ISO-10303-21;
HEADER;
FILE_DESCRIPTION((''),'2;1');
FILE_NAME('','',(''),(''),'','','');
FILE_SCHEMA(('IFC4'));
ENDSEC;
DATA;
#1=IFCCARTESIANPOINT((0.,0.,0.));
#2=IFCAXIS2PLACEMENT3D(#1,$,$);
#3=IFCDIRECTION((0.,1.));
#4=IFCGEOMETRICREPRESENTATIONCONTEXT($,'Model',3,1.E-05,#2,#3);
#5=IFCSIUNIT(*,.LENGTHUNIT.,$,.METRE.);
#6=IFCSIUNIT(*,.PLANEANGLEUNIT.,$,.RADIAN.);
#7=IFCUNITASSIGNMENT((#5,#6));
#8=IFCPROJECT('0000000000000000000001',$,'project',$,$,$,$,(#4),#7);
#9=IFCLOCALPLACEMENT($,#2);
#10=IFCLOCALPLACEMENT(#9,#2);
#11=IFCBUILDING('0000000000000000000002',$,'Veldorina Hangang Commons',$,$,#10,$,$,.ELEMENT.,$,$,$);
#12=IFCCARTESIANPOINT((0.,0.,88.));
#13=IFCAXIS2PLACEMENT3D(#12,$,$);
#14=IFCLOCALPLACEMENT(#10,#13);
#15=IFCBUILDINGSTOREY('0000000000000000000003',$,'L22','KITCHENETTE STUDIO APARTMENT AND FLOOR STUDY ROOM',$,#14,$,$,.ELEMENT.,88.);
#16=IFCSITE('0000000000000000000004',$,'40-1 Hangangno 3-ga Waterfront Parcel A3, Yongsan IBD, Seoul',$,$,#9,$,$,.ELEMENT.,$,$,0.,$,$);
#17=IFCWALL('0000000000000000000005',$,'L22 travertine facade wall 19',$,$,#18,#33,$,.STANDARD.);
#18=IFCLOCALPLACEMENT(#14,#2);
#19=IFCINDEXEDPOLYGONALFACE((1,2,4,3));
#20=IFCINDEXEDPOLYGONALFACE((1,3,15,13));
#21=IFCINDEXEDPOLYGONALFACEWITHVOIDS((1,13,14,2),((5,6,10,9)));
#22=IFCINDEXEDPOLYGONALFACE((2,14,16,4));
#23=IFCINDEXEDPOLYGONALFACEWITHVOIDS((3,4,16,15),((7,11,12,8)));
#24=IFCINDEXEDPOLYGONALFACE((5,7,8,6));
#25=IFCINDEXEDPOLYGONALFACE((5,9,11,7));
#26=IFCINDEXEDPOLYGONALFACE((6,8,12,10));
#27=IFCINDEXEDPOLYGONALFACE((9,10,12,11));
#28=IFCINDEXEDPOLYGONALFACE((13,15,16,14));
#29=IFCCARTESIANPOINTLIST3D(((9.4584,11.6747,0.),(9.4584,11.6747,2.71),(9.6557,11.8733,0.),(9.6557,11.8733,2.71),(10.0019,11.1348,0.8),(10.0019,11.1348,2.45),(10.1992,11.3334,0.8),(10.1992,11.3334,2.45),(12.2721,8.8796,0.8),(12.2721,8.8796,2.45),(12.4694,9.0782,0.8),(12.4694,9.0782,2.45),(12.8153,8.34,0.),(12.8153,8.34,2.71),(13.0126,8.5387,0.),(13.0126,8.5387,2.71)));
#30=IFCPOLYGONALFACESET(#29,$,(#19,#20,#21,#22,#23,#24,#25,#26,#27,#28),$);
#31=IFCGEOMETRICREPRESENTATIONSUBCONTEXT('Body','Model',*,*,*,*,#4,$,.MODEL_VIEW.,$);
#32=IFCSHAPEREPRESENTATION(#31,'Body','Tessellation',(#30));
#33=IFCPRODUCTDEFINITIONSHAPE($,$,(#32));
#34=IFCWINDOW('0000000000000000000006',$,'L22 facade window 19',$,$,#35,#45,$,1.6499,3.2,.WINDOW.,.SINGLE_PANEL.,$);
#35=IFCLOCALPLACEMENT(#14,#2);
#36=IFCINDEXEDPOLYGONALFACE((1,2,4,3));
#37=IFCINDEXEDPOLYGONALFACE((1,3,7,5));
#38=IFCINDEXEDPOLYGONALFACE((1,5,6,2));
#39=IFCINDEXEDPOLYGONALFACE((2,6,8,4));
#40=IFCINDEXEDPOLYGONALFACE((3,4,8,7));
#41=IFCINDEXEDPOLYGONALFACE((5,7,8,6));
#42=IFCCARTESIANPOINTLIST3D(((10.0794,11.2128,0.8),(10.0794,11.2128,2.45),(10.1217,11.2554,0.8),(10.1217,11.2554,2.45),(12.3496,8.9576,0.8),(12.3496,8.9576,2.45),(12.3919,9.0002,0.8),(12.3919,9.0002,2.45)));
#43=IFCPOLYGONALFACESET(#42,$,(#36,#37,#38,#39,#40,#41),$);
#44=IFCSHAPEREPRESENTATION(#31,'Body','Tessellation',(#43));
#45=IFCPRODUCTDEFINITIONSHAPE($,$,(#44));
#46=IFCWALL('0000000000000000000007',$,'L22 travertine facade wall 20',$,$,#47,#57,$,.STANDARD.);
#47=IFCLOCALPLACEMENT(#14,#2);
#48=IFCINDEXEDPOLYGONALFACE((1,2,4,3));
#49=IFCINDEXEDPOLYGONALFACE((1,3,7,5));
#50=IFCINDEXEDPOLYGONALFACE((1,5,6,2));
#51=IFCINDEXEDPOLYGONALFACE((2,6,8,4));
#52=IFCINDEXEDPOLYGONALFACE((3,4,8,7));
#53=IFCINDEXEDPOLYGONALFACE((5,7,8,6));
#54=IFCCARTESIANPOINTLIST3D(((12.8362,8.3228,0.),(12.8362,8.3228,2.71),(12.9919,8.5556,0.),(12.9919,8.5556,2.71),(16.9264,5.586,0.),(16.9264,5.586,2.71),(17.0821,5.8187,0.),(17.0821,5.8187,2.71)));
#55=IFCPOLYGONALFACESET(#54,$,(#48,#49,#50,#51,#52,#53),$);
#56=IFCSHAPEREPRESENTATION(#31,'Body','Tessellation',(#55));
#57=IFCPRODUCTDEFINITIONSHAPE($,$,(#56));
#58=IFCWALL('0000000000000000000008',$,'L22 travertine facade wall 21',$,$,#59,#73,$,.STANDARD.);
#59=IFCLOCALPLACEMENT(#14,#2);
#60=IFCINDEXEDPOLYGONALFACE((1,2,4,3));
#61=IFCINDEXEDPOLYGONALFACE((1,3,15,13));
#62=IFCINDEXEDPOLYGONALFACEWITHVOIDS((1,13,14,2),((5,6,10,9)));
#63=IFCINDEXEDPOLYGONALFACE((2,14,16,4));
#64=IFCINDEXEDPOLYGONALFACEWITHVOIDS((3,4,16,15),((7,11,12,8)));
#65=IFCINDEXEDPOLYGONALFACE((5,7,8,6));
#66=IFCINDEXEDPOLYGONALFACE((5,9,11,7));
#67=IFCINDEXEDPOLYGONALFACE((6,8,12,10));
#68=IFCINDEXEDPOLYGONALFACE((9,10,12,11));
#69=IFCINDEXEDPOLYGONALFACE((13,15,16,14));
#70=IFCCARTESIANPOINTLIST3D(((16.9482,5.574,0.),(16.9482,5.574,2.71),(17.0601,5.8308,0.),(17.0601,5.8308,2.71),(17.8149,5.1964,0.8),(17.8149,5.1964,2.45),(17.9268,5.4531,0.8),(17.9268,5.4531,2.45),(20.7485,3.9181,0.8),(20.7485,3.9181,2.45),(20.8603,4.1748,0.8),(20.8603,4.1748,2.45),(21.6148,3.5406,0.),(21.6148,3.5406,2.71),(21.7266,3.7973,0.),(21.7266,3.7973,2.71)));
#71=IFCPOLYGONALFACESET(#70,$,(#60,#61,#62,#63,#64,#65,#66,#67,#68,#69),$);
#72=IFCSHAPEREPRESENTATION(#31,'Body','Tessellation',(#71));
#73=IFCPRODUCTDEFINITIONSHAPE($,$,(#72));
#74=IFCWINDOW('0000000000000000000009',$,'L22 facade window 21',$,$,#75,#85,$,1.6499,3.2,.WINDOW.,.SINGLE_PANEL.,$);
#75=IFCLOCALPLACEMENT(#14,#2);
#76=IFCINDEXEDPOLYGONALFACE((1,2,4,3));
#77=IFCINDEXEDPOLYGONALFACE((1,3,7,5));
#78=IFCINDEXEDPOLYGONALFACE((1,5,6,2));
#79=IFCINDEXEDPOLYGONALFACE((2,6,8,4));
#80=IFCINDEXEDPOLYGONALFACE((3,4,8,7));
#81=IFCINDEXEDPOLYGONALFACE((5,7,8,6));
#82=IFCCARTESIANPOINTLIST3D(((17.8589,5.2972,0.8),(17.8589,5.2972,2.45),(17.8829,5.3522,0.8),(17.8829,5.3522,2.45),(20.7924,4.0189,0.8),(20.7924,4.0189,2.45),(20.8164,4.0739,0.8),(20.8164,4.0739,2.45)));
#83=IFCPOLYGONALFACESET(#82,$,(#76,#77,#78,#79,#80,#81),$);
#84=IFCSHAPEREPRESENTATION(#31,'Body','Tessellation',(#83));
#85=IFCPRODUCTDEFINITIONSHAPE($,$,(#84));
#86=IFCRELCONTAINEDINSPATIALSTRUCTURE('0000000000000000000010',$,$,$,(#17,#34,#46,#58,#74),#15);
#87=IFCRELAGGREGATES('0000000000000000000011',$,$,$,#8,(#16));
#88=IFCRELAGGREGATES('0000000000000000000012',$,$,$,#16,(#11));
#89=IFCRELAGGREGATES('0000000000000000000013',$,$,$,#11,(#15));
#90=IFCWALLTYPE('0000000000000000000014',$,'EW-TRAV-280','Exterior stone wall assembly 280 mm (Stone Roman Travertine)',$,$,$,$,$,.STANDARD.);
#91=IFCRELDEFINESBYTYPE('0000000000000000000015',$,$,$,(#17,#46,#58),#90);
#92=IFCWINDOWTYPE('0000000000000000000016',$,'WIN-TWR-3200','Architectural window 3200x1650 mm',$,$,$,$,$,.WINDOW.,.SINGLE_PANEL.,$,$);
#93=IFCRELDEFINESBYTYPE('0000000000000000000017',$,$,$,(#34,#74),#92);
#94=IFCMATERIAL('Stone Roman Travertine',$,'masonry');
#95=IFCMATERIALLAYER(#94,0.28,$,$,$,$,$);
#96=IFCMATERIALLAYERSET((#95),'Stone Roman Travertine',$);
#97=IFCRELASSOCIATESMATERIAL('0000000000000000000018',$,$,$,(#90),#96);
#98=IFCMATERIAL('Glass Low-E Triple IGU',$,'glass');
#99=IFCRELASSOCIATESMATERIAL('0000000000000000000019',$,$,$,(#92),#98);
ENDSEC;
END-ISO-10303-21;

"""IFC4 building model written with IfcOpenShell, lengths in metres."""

from ifc_helpers import new_model, si_unit, direction, frame, frame_2d, origin, place, context, subcontext, project, spatial, rectangle, extrude, material, layer, layer_set, type_object, element, fill, save


model = new_model("IFC4")

# Units and contexts
model_context = context("Model", 3, precision=1e-05, world=origin(), true_north=direction((0.0, 1.0)))
body_context = subcontext(model_context, "Body", "Model", "MODEL_VIEW")
ifc_project = project(units=[si_unit("LENGTHUNIT", "METRE"), si_unit("PLANEANGLEUNIT", "RADIAN")], contexts=[model_context])

# Site, building, storey
site_placement = place(None, origin())
site = spatial("IfcSite", under=ifc_project, at=site_placement, Name="40-1 Hangangno 3-ga Waterfront Parcel A3, Yongsan IBD, Seoul", CompositionType="ELEMENT", RefElevation=0.0)
building_placement = place(site_placement, origin())
building = spatial("IfcBuilding", under=site, at=building_placement, Name="Veldorina Hangang Commons", CompositionType="ELEMENT")
storey_placement = place(building_placement, frame((0.0, 0.0, 88.0)))
storey = spatial("IfcBuildingStorey", under=building, at=storey_placement, Name="L22", Description="KITCHENETTE STUDIO APARTMENT AND FLOOR STUDY ROOM", CompositionType="ELEMENT", Elevation=88.0)

# Wall, opening, window
ifc_material_1 = material(Name="Stone Roman Travertine", Category="masonry")
ifc_layer_1 = layer(ifc_material_1, 0.28)
ifc_layer_set_1 = layer_set([ifc_layer_1], Name="Stone Roman Travertine")
wall_type = type_object("IfcWallType", Name="EW-TRAV-280", Description="Exterior stone wall assembly 280 mm (Stone Roman Travertine)", PredefinedType="STANDARD", material=ifc_layer_set_1)
wall_1_placement = place(storey_placement, frame((9.5571, 11.7739, 0.0), z_axis=(0.0, 0.0, 1.0), x_axis=(0.709451, -0.704755, 0.0)))
wall_1 = element("IfcWall", 1, at=wall_1_placement, inside=storey, type_object=wall_type, Name="L22 travertine facade wall 19", PredefinedType="STANDARD", context=body_context, shape_type="SweptSolid", body=[
    extrude(rectangle(XDim=4.7317, YDim=0.28, at=frame_2d((2.3657, 0.0))), origin(), (0.0, 0.0, 1.0), 2.71),
])
opening_1_placement = place(wall_1_placement, frame((0.7659, 0.0, 0.8)))
opening_1 = element("IfcOpeningElement", 2, at=opening_1_placement, cuts=wall_1, PredefinedType="OPENING", context=body_context, shape_type="SweptSolid", body=[
    extrude(rectangle(XDim=3.2, YDim=1.6499, at=frame_2d((1.6001, 0.825))), frame((0.0, 0.1499, 0.0), z_axis=(0.0, -1.0, 0.0), x_axis=(1.0, 0.0, 0.0)), (0.0, 0.0, 1.0), 0.3),
])
ifc_material_2 = material(Name="Glass Low-E Triple IGU", Category="glass")
window_type = type_object("IfcWindowType", Name="WIN-TWR-3200", Description="Architectural window 3200x1650 mm", PartitioningType="SINGLE_PANEL", PredefinedType="WINDOW", material=ifc_material_2)
window_1_placement = place(opening_1_placement, origin())
window_1 = element("IfcWindow", 3, at=window_1_placement, inside=storey, type_object=window_type, Name="L22 facade window 19", OverallHeight=1.6499, OverallWidth=3.2, PartitioningType="SINGLE_PANEL", PredefinedType="WINDOW", context=body_context, shape_type="SweptSolid", body=[
    extrude(rectangle(XDim=3.2, YDim=1.6499, at=frame_2d((1.6001, 0.825))), frame((0.0, 0.03, 0.0), z_axis=(0.0, -1.0, 0.0), x_axis=(1.0, 0.0, 0.0)), (0.0, 0.0, 1.0), 0.0601),
])
fill(opening_1, window_1)

# Wall
wall_2_placement = place(storey_placement, frame((12.9141, 8.4392, 0.0), z_axis=(0.0, 0.0, 1.0), x_axis=(0.831103, -0.556119, 0.0)))
element("IfcWall", 4, at=wall_2_placement, inside=storey, type_object=wall_type, Name="L22 travertine facade wall 20", PredefinedType="STANDARD", context=body_context, shape_type="SweptSolid", body=[
    extrude(rectangle(XDim=4.9214, YDim=0.28, at=frame_2d((2.4607, 0.0))), origin(), (0.0, 0.0, 1.0), 2.71),
])

# Wall, opening, window
wall_3_placement = place(storey_placement, frame((17.0042, 5.7024, 0.0), z_axis=(0.0, 0.0, 1.0), x_axis=(0.916744, -0.399475, 0.0)))
wall_3 = element("IfcWall", 5, at=wall_3_placement, inside=storey, type_object=wall_type, Name="L22 travertine facade wall 21", PredefinedType="STANDARD", context=body_context, shape_type="SweptSolid", body=[
    extrude(rectangle(XDim=5.0903, YDim=0.28, at=frame_2d((2.5452, 0.0))), origin(), (0.0, 0.0, 1.0), 2.71),
])
opening_2_placement = place(wall_3_placement, frame((0.9453, 0.0, 0.8)))
opening_2 = element("IfcOpeningElement", 6, at=opening_2_placement, cuts=wall_3, PredefinedType="OPENING", context=body_context, shape_type="SweptSolid", body=[
    extrude(rectangle(XDim=3.2, YDim=1.6499, at=frame_2d((1.6001, 0.825))), frame((0.0, 0.1499, 0.0), z_axis=(0.0, -1.0, 0.0), x_axis=(1.0, 0.0, 0.0)), (0.0, 0.0, 1.0), 0.3),
])
window_2_placement = place(opening_2_placement, origin())
window_2 = element("IfcWindow", 7, at=window_2_placement, inside=storey, type_object=window_type, Name="L22 facade window 21", OverallHeight=1.6499, OverallWidth=3.2, PartitioningType="SINGLE_PANEL", PredefinedType="WINDOW", context=body_context, shape_type="SweptSolid", body=[
    extrude(rectangle(XDim=3.2, YDim=1.6499, at=frame_2d((1.6001, 0.825))), frame((0.0, 0.03, 0.0), z_axis=(0.0, -1.0, 0.0), x_axis=(1.0, 0.0, 0.0)), (0.0, 0.0, 1.0), 0.0601),
])
fill(opening_2, window_2)

save(model, "model.ifc")
